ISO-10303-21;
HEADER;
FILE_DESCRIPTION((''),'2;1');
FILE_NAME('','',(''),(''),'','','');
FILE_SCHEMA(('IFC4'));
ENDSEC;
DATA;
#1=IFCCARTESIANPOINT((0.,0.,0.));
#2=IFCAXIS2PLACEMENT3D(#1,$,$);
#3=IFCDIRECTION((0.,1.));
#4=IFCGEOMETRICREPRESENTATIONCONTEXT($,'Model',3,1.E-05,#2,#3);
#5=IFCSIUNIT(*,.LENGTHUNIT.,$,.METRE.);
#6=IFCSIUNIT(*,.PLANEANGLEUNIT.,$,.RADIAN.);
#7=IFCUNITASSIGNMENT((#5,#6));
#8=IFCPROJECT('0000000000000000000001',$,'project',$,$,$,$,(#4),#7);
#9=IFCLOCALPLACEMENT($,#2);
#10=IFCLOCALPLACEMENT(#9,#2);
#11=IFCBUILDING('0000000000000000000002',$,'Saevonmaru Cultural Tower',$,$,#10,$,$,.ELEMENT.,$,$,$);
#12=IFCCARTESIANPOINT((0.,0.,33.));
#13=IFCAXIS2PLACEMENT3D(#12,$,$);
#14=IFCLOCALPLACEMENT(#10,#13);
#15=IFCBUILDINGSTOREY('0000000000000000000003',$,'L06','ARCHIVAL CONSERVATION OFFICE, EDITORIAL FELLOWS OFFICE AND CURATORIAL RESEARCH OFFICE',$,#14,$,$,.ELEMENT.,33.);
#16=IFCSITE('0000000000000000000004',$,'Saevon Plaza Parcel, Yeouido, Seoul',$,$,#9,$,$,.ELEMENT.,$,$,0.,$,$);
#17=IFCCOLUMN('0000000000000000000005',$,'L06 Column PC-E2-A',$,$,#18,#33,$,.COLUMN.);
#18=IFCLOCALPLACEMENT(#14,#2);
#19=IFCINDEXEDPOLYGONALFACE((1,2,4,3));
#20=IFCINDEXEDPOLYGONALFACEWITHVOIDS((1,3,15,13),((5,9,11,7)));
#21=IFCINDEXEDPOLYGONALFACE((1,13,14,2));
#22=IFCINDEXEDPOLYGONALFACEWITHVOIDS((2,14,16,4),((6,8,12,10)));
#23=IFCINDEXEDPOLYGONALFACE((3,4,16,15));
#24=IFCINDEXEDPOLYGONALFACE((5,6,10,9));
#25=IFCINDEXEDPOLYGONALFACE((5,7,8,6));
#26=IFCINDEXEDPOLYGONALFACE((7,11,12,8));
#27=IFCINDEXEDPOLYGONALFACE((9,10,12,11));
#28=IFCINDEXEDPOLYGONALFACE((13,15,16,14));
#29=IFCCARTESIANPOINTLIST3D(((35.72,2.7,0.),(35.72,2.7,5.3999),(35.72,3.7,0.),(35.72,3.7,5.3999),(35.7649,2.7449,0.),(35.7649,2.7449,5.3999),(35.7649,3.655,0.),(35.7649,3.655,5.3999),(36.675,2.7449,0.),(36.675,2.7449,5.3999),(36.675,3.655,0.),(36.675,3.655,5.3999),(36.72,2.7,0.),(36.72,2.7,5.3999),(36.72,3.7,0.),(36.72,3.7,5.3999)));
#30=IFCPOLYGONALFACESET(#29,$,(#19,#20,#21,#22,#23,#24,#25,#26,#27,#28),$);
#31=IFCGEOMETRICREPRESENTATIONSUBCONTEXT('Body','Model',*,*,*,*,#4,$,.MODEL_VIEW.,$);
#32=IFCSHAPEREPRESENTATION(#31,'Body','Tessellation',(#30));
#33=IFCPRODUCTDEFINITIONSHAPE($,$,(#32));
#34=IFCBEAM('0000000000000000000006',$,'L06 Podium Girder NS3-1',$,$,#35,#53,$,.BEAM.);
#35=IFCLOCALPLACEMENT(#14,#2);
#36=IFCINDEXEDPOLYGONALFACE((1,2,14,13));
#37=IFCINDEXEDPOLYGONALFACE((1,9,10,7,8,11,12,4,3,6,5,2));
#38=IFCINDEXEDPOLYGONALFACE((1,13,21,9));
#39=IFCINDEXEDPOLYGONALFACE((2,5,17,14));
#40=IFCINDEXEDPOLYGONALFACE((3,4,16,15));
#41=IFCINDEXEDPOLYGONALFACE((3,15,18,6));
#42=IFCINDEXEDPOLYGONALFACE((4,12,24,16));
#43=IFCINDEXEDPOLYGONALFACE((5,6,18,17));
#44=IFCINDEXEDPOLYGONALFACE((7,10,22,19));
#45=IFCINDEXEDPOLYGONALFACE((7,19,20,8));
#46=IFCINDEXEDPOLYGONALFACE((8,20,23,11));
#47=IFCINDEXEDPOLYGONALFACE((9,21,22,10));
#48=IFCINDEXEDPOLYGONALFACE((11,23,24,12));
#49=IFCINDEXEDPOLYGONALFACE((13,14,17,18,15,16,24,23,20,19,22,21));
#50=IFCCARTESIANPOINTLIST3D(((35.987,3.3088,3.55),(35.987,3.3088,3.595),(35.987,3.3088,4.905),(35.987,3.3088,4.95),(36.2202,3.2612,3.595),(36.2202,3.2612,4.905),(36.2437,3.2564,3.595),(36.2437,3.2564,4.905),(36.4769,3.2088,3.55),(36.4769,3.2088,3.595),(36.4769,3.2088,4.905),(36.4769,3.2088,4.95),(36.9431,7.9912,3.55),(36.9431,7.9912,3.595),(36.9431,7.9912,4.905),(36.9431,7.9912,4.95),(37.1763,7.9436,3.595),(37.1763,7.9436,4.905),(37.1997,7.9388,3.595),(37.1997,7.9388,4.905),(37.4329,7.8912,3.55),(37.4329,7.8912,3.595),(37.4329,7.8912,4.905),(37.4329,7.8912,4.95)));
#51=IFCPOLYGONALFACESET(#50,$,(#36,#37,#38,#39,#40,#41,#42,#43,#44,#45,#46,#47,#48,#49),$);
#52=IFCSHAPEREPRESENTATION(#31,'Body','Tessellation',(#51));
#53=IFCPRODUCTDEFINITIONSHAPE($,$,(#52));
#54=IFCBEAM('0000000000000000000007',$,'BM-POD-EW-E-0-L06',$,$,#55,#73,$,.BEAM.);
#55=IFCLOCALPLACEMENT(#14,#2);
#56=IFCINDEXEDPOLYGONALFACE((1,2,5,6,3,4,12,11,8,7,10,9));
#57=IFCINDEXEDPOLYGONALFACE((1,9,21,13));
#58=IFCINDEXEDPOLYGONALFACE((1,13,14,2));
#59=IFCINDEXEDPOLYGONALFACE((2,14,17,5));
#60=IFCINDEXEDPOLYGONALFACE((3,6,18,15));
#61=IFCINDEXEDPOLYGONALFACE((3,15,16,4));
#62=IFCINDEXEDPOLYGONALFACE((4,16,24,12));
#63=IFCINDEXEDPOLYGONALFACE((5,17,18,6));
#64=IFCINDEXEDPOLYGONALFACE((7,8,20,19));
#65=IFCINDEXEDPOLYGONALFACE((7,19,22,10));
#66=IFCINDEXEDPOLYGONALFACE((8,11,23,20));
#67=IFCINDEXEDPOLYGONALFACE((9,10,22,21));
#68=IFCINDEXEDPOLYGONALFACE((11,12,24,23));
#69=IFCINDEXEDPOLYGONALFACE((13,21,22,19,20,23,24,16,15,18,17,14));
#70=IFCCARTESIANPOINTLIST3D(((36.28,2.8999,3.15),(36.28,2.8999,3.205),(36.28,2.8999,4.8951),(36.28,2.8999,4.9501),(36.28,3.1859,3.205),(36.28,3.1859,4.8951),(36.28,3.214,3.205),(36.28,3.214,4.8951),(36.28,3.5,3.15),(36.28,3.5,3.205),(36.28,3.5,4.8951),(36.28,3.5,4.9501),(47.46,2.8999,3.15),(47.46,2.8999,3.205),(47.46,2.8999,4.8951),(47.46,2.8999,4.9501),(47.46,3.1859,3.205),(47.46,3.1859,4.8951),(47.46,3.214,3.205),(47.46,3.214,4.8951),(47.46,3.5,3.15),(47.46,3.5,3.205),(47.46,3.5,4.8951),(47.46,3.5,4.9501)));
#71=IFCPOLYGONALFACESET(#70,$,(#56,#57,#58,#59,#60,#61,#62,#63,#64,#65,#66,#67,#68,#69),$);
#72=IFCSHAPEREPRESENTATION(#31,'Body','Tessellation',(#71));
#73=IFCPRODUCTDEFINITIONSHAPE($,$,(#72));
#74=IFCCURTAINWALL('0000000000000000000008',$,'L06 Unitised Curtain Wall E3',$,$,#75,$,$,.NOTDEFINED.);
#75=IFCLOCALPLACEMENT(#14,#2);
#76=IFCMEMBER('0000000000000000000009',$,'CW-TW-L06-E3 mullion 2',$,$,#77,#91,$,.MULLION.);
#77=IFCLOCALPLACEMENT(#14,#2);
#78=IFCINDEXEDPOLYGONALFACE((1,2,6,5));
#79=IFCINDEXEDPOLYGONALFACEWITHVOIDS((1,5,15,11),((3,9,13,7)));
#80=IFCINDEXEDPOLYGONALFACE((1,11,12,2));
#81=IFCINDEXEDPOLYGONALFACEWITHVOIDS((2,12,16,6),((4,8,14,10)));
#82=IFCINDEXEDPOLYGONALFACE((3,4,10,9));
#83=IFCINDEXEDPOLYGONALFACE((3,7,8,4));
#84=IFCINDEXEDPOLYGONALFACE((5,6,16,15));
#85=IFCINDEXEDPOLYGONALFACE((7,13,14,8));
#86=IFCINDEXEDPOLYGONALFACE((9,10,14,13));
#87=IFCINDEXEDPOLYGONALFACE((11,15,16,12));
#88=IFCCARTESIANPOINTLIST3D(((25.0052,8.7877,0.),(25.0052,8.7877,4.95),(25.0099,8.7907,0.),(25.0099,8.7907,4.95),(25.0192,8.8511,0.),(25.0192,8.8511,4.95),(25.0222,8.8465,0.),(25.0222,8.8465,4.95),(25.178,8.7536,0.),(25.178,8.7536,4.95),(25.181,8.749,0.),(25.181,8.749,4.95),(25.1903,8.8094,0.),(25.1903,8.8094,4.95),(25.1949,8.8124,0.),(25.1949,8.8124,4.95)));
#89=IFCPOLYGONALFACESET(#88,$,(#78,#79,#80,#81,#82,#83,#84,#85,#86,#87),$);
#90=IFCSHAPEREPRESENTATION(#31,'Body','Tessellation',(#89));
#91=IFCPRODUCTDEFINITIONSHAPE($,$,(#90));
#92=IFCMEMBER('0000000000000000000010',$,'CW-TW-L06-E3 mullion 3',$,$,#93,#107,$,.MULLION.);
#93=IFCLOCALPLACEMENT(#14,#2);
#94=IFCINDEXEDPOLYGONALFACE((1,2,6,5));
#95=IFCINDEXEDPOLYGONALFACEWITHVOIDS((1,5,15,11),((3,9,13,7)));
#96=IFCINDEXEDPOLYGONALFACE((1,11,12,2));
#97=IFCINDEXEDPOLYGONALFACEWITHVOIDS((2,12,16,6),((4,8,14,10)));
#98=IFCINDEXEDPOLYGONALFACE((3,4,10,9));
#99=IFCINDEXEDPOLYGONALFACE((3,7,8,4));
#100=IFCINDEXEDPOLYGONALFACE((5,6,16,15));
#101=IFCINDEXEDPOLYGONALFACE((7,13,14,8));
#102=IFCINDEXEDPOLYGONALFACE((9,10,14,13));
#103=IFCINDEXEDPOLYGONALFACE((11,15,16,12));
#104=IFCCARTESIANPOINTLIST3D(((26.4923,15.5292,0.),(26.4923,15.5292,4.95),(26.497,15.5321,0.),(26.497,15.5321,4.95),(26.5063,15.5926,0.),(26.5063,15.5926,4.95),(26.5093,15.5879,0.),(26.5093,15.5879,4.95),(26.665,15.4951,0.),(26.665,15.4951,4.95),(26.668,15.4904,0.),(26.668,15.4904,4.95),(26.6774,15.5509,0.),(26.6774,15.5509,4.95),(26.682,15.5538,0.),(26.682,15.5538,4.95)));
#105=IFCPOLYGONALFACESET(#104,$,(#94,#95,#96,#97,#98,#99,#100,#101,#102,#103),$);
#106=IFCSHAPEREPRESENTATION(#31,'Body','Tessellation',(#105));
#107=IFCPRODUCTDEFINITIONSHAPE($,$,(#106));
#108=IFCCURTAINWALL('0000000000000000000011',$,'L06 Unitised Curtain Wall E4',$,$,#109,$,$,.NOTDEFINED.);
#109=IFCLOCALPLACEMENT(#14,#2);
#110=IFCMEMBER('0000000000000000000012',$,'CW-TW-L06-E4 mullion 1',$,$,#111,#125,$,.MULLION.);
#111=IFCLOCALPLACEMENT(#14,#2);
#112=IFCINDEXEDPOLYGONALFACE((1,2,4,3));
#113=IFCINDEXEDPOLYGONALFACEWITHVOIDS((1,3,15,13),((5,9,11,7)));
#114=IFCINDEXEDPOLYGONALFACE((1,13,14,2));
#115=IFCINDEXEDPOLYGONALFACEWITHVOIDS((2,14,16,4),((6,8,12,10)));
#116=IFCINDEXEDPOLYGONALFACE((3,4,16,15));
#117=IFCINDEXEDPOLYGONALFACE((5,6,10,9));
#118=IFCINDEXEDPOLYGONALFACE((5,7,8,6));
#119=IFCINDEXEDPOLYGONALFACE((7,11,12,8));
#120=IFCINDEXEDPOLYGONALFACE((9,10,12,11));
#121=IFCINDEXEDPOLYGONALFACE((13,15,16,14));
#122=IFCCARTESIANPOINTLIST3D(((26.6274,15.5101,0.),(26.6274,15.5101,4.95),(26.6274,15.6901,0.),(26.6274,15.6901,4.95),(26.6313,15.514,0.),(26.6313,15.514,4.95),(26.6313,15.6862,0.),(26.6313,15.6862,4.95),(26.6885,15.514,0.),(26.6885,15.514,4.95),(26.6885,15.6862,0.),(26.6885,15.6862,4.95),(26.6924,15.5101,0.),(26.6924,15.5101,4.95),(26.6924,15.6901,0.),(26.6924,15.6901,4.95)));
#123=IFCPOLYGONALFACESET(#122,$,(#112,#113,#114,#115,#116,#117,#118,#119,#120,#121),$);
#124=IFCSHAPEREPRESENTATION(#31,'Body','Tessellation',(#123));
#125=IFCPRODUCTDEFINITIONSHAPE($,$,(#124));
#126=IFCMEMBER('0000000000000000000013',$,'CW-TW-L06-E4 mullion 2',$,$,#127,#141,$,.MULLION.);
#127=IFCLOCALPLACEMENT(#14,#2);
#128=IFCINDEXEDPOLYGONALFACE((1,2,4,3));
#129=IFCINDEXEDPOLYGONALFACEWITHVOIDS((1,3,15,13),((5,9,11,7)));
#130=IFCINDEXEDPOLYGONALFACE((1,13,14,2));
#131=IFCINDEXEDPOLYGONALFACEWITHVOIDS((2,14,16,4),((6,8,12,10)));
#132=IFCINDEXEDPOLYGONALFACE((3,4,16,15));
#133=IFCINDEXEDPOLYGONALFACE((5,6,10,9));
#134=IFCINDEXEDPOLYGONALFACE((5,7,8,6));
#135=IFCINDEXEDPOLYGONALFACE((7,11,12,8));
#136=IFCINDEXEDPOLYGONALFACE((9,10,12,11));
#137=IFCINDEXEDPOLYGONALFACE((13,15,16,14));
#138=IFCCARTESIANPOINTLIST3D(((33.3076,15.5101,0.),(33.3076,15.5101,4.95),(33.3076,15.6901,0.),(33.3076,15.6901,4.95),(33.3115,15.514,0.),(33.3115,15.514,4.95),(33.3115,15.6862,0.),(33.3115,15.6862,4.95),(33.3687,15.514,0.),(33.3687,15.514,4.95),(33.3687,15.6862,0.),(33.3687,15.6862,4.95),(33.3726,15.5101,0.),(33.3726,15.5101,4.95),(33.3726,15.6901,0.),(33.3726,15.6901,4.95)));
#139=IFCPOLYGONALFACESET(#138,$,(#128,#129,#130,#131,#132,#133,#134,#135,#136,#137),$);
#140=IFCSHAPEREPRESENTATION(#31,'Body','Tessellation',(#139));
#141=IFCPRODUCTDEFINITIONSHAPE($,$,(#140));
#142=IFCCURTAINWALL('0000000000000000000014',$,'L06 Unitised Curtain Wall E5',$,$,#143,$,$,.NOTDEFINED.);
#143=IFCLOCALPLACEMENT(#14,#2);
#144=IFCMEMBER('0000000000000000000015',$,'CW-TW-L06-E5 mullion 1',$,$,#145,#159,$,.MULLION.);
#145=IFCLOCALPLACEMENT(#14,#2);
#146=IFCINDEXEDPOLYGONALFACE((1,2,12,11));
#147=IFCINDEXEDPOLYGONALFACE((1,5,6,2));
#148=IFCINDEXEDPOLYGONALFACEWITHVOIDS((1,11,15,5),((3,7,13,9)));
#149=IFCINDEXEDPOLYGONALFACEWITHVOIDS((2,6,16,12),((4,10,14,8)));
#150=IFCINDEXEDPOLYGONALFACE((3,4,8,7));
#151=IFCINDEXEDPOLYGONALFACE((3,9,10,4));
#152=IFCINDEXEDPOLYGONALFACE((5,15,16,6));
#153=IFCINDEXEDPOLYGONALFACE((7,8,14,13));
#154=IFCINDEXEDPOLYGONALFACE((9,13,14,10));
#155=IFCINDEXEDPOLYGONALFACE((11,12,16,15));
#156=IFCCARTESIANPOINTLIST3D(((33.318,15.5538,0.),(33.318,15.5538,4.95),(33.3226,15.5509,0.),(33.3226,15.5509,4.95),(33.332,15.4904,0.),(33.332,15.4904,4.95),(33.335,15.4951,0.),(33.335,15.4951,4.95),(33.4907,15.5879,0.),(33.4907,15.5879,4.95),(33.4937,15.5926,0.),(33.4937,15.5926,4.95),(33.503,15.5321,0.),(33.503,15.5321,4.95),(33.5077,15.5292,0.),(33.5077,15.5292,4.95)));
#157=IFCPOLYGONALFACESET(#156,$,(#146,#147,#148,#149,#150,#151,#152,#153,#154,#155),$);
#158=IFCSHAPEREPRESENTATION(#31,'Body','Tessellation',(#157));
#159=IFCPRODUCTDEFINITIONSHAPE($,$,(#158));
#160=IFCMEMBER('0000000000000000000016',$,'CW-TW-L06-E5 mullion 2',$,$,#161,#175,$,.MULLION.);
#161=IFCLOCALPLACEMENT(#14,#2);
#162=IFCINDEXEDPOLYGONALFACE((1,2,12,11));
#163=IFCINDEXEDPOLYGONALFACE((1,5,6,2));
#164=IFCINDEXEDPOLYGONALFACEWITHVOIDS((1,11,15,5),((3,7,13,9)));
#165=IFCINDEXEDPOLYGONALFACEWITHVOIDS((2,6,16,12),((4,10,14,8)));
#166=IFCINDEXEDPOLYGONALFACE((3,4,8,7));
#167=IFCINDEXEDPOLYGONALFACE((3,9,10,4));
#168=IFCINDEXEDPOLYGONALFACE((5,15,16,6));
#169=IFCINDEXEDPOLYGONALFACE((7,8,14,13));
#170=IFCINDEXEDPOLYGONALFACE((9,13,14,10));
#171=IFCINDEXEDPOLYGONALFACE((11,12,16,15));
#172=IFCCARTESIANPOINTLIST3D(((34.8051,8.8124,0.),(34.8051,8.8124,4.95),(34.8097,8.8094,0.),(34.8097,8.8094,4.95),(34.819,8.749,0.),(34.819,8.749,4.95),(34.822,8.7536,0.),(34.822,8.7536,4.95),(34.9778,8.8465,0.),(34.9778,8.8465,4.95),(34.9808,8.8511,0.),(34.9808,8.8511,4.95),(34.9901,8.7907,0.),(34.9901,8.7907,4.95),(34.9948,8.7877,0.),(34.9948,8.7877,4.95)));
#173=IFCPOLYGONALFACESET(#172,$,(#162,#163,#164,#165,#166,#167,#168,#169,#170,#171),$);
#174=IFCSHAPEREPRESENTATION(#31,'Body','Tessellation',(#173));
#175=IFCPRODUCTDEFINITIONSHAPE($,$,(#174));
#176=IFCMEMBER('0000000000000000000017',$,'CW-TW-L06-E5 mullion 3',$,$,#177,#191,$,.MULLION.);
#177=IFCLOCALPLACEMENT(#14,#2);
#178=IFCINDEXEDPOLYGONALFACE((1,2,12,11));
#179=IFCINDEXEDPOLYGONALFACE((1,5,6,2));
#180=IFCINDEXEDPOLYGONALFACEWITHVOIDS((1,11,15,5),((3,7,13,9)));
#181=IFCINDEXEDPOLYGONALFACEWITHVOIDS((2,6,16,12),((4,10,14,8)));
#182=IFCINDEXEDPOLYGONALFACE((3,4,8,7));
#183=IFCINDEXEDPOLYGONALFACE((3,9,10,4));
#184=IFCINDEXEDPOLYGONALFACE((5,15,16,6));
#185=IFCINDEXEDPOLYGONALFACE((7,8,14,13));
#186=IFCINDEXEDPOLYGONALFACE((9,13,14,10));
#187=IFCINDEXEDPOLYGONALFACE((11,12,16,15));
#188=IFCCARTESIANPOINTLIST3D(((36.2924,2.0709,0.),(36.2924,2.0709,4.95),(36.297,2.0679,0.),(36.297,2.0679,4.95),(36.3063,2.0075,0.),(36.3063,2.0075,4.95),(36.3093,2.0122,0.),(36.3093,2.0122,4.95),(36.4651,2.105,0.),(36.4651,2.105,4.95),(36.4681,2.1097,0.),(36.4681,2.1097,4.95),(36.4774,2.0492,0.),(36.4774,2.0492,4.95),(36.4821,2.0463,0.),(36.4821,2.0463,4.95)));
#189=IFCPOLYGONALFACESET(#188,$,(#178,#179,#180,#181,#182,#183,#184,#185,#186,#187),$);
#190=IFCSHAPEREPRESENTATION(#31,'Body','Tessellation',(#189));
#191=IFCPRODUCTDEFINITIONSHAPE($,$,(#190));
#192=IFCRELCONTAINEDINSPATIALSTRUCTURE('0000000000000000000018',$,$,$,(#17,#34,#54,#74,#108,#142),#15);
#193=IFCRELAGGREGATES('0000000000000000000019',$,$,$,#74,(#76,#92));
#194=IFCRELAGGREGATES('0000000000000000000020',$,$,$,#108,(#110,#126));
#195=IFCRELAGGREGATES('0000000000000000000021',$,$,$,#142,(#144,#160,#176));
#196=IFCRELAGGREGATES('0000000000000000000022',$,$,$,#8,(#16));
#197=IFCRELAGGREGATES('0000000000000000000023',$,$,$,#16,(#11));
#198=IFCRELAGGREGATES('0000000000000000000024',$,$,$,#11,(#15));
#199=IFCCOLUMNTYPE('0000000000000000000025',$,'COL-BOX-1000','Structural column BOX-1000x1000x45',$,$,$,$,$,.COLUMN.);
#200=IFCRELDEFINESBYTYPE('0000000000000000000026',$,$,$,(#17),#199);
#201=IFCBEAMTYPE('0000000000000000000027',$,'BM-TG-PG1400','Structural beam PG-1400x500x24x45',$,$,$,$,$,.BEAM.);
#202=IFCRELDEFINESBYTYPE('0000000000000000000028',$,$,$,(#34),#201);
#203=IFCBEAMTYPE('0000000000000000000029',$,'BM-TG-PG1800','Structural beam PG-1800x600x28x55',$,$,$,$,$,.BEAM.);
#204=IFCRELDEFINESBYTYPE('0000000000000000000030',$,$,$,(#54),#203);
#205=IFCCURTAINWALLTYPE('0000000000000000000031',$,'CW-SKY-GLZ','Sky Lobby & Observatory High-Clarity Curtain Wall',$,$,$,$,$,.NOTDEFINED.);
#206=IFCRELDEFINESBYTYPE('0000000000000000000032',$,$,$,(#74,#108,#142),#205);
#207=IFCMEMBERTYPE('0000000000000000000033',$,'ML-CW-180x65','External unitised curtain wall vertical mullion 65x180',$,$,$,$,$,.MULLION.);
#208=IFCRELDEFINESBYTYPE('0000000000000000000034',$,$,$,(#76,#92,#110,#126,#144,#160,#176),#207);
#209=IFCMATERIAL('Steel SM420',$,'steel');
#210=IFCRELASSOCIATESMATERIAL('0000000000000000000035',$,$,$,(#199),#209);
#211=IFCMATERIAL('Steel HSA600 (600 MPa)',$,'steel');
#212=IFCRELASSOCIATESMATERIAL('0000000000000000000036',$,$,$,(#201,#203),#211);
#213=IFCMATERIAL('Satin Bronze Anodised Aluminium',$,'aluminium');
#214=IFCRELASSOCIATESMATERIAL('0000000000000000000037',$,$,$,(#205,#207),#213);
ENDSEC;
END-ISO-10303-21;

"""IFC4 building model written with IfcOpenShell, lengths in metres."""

from ifc_helpers import new_model, si_unit, direction, frame, origin, origin_2d, place, context, subcontext, project, spatial, hollow_rectangle, i_section, extrude, material, material_profile, profile_set, type_object, element, aggregate, save


model = new_model("IFC4")

# Units and contexts
model_context = context("Model", 3, precision=1e-05, world=origin(), true_north=direction((0.0, 1.0)))
body_context = subcontext(model_context, "Body", "Model", "MODEL_VIEW")
ifc_project = project(units=[si_unit("LENGTHUNIT", "METRE"), si_unit("PLANEANGLEUNIT", "RADIAN")], contexts=[model_context])

# Site, building, storey
site_placement = place(None, origin())
site = spatial("IfcSite", under=ifc_project, at=site_placement, Name="Saevon Plaza Parcel, Yeouido, Seoul", CompositionType="ELEMENT", RefElevation=0.0)
building_placement = place(site_placement, origin())
building = spatial("IfcBuilding", under=site, at=building_placement, Name="Saevonmaru Cultural Tower", CompositionType="ELEMENT")
storey_placement = place(building_placement, frame((0.0, 0.0, 33.0)))
storey = spatial("IfcBuildingStorey", under=building, at=storey_placement, Name="L06", Description="ARCHIVAL CONSERVATION OFFICE, EDITORIAL FELLOWS OFFICE AND CURATORIAL RESEARCH OFFICE", CompositionType="ELEMENT", Elevation=33.0)

# Column
ifc_material_1 = material(Name="Steel SM420", Category="steel")
ifc_material_profile_1 = material_profile(ifc_material_1, hollow_rectangle(XDim=1.0, YDim=1.0, WallThickness=0.0449, at=origin_2d()), Name="BOX-1000x1000x45")
ifc_profile_set_1 = profile_set([ifc_material_profile_1], Name="Steel SM420")
column_type = type_object("IfcColumnType", Name="COL-BOX-1000", Description="Structural column BOX-1000x1000x45", PredefinedType="COLUMN", material=ifc_profile_set_1)
column_placement = place(storey_placement, frame((36.22, 3.2, 0.0), z_axis=(0.0, 0.0, 1.0), x_axis=(1.0, 0.0, 0.0)))
element("IfcColumn", 1, at=column_placement, inside=storey, type_object=column_type, Name="L06 Column PC-E2-A", PredefinedType="COLUMN", context=body_context, shape_type="SweptSolid", body=[
    extrude(hollow_rectangle(XDim=1.0, YDim=1.0, WallThickness=0.0449, at=origin_2d()), origin(), (0.0, 0.0, 1.0), 5.3999),
])

# Beams
ifc_material_2 = material(Name="Steel HSA600 (600 MPa)", Category="steel")
ifc_material_profile_2 = material_profile(ifc_material_2, i_section(OverallWidth=0.5, OverallDepth=1.3999, WebThickness=0.0239, FlangeThickness=0.0449, at=origin_2d()), Name="PG-1400x500x24x45")
ifc_profile_set_2 = profile_set([ifc_material_profile_2], Name="Steel HSA600 (600 MPa)")
beam_type_1 = type_object("IfcBeamType", Name="BM-TG-PG1400", Description="Structural beam PG-1400x500x24x45", PredefinedType="BEAM", material=ifc_profile_set_2)
beam_1_placement = place(storey_placement, frame((36.2319, 3.2588, 4.25), z_axis=(0.200054, 0.979785, 0.0), x_axis=(-0.979785, 0.200054, 0.0)))
element("IfcBeam", 2, at=beam_1_placement, inside=storey, type_object=beam_type_1, Name="L06 Podium Girder NS3-1", PredefinedType="BEAM", context=body_context, shape_type="SweptSolid", body=[
    extrude(i_section(OverallWidth=0.5, OverallDepth=1.3999, WebThickness=0.0239, FlangeThickness=0.0449, at=origin_2d()), origin(), (0.0, 0.0, 1.0), 4.7791),
])
ifc_material_profile_3 = material_profile(ifc_material_2, i_section(OverallWidth=0.6001, OverallDepth=1.8, WebThickness=0.0281, FlangeThickness=0.0549, at=origin_2d()), Name="PG-1800x600x28x55")
ifc_profile_set_3 = profile_set([ifc_material_profile_3], Name="Steel HSA600 (600 MPa)")
beam_type_2 = type_object("IfcBeamType", Name="BM-TG-PG1800", Description="Structural beam PG-1800x600x28x55", PredefinedType="BEAM", material=ifc_profile_set_3)
beam_2_placement = place(storey_placement, frame((36.28, 3.2, 4.05), z_axis=(1.0, 0.0, 0.0), x_axis=(0.0, 1.0, 0.0)))
element("IfcBeam", 3, at=beam_2_placement, inside=storey, type_object=beam_type_2, Name="BM-POD-EW-E-0-L06", PredefinedType="BEAM", context=body_context, shape_type="SweptSolid", body=[
    extrude(i_section(OverallWidth=0.6001, OverallDepth=1.8, WebThickness=0.0281, FlangeThickness=0.0549, at=origin_2d()), origin(), (0.0, 0.0, 1.0), 11.1799),
])

# Curtain walls, members
ifc_material_3 = material(Name="Satin Bronze Anodised Aluminium", Category="aluminium")
curtain_wall_type = type_object("IfcCurtainWallType", Name="CW-SKY-GLZ", Description="Sky Lobby & Observatory High-Clarity Curtain Wall", PredefinedType="NOTDEFINED", material=ifc_material_3)
curtain_wall_1_placement = place(storey_placement, origin())
curtain_wall_1 = element("IfcCurtainWall", 4, at=curtain_wall_1_placement, inside=storey, type_object=curtain_wall_type, Name="L06 Unitised Curtain Wall E3", PredefinedType="NOTDEFINED")
ifc_material_profile_4 = material_profile(ifc_material_3, hollow_rectangle(XDim=0.0649, YDim=0.1799, WallThickness=0.0039, at=origin_2d()), Name="ALU-MULL-180x65x4")
ifc_profile_set_4 = profile_set([ifc_material_profile_4], Name="Satin Bronze Anodised Aluminium")
member_type_1 = type_object("IfcMemberType", Name="ML-CW-180x65", Description="External unitised curtain wall vertical mullion 65x180", PredefinedType="MULLION", material=ifc_profile_set_4)
member_1_placement = place(storey_placement, frame((25.1001, 8.8, 0.0), z_axis=(0.0, 0.0, 1.0), x_axis=(0.215413, 0.976523, 0.0)))
member_1 = element("IfcMember", 5, at=member_1_placement, type_object=member_type_1, Name="CW-TW-L06-E3 mullion 2", PredefinedType="MULLION", context=body_context, shape_type="SweptSolid", body=[
    extrude(hollow_rectangle(XDim=0.0649, YDim=0.1799, WallThickness=0.0039, at=origin_2d()), origin(), (0.0, 0.0, 1.0), 4.95),
])
member_2_placement = place(storey_placement, frame((26.5872, 15.5415, 0.0), z_axis=(0.0, 0.0, 1.0), x_axis=(0.215413, 0.976523, 0.0)))
member_2 = element("IfcMember", 6, at=member_2_placement, type_object=member_type_1, Name="CW-TW-L06-E3 mullion 3", PredefinedType="MULLION", context=body_context, shape_type="SweptSolid", body=[
    extrude(hollow_rectangle(XDim=0.0649, YDim=0.1799, WallThickness=0.0039, at=origin_2d()), origin(), (0.0, 0.0, 1.0), 4.95),
])
curtain_wall_2_placement = place(storey_placement, origin())
curtain_wall_2 = element("IfcCurtainWall", 7, at=curtain_wall_2_placement, inside=storey, type_object=curtain_wall_type, Name="L06 Unitised Curtain Wall E4", PredefinedType="NOTDEFINED")
member_3_placement = place(storey_placement, frame((26.6599, 15.6001, 0.0), z_axis=(0.0, 0.0, 1.0), x_axis=(1.0, 0.0, 0.0)))
member_3 = element("IfcMember", 8, at=member_3_placement, type_object=member_type_1, Name="CW-TW-L06-E4 mullion 1", PredefinedType="MULLION", context=body_context, shape_type="SweptSolid", body=[
    extrude(hollow_rectangle(XDim=0.0649, YDim=0.1799, WallThickness=0.0039, at=origin_2d()), origin(), (0.0, 0.0, 1.0), 4.95),
])
member_4_placement = place(storey_placement, frame((33.3401, 15.6001, 0.0), z_axis=(0.0, 0.0, 1.0), x_axis=(1.0, 0.0, 0.0)))
member_4 = element("IfcMember", 9, at=member_4_placement, type_object=member_type_1, Name="CW-TW-L06-E4 mullion 2", PredefinedType="MULLION", context=body_context, shape_type="SweptSolid", body=[
    extrude(hollow_rectangle(XDim=0.0649, YDim=0.1799, WallThickness=0.0039, at=origin_2d()), origin(), (0.0, 0.0, 1.0), 4.95),
])
curtain_wall_3_placement = place(storey_placement, origin())
curtain_wall_3 = element("IfcCurtainWall", 10, at=curtain_wall_3_placement, inside=storey, type_object=curtain_wall_type, Name="L06 Unitised Curtain Wall E5", PredefinedType="NOTDEFINED")
member_5_placement = place(storey_placement, frame((33.4128, 15.5415, 0.0), z_axis=(0.0, 0.0, 1.0), x_axis=(0.215413, -0.976523, 0.0)))
member_5 = element("IfcMember", 11, at=member_5_placement, type_object=member_type_1, Name="CW-TW-L06-E5 mullion 1", PredefinedType="MULLION", context=body_context, shape_type="SweptSolid", body=[
    extrude(hollow_rectangle(XDim=0.0649, YDim=0.1799, WallThickness=0.0039, at=origin_2d()), origin(), (0.0, 0.0, 1.0), 4.95),
])
member_6_placement = place(storey_placement, frame((34.8999, 8.8, 0.0), z_axis=(0.0, 0.0, 1.0), x_axis=(0.215413, -0.976523, 0.0)))
member_6 = element("IfcMember", 12, at=member_6_placement, type_object=member_type_1, Name="CW-TW-L06-E5 mullion 2", PredefinedType="MULLION", context=body_context, shape_type="SweptSolid", body=[
    extrude(hollow_rectangle(XDim=0.0649, YDim=0.1799, WallThickness=0.0039, at=origin_2d()), origin(), (0.0, 0.0, 1.0), 4.95),
])
member_7_placement = place(storey_placement, frame((36.3872, 2.0586, 0.0), z_axis=(0.0, 0.0, 1.0), x_axis=(0.215413, -0.976523, 0.0)))
member_7 = element("IfcMember", 13, at=member_7_placement, type_object=member_type_1, Name="CW-TW-L06-E5 mullion 3", PredefinedType="MULLION", context=body_context, shape_type="SweptSolid", body=[
    extrude(hollow_rectangle(XDim=0.0649, YDim=0.1799, WallThickness=0.0039, at=origin_2d()), origin(), (0.0, 0.0, 1.0), 4.95),
])

aggregate(curtain_wall_1, [member_1, member_2])
aggregate(curtain_wall_2, [member_3, member_4])
aggregate(curtain_wall_3, [member_5, member_6, member_7])

save(model, "model.ifc")
